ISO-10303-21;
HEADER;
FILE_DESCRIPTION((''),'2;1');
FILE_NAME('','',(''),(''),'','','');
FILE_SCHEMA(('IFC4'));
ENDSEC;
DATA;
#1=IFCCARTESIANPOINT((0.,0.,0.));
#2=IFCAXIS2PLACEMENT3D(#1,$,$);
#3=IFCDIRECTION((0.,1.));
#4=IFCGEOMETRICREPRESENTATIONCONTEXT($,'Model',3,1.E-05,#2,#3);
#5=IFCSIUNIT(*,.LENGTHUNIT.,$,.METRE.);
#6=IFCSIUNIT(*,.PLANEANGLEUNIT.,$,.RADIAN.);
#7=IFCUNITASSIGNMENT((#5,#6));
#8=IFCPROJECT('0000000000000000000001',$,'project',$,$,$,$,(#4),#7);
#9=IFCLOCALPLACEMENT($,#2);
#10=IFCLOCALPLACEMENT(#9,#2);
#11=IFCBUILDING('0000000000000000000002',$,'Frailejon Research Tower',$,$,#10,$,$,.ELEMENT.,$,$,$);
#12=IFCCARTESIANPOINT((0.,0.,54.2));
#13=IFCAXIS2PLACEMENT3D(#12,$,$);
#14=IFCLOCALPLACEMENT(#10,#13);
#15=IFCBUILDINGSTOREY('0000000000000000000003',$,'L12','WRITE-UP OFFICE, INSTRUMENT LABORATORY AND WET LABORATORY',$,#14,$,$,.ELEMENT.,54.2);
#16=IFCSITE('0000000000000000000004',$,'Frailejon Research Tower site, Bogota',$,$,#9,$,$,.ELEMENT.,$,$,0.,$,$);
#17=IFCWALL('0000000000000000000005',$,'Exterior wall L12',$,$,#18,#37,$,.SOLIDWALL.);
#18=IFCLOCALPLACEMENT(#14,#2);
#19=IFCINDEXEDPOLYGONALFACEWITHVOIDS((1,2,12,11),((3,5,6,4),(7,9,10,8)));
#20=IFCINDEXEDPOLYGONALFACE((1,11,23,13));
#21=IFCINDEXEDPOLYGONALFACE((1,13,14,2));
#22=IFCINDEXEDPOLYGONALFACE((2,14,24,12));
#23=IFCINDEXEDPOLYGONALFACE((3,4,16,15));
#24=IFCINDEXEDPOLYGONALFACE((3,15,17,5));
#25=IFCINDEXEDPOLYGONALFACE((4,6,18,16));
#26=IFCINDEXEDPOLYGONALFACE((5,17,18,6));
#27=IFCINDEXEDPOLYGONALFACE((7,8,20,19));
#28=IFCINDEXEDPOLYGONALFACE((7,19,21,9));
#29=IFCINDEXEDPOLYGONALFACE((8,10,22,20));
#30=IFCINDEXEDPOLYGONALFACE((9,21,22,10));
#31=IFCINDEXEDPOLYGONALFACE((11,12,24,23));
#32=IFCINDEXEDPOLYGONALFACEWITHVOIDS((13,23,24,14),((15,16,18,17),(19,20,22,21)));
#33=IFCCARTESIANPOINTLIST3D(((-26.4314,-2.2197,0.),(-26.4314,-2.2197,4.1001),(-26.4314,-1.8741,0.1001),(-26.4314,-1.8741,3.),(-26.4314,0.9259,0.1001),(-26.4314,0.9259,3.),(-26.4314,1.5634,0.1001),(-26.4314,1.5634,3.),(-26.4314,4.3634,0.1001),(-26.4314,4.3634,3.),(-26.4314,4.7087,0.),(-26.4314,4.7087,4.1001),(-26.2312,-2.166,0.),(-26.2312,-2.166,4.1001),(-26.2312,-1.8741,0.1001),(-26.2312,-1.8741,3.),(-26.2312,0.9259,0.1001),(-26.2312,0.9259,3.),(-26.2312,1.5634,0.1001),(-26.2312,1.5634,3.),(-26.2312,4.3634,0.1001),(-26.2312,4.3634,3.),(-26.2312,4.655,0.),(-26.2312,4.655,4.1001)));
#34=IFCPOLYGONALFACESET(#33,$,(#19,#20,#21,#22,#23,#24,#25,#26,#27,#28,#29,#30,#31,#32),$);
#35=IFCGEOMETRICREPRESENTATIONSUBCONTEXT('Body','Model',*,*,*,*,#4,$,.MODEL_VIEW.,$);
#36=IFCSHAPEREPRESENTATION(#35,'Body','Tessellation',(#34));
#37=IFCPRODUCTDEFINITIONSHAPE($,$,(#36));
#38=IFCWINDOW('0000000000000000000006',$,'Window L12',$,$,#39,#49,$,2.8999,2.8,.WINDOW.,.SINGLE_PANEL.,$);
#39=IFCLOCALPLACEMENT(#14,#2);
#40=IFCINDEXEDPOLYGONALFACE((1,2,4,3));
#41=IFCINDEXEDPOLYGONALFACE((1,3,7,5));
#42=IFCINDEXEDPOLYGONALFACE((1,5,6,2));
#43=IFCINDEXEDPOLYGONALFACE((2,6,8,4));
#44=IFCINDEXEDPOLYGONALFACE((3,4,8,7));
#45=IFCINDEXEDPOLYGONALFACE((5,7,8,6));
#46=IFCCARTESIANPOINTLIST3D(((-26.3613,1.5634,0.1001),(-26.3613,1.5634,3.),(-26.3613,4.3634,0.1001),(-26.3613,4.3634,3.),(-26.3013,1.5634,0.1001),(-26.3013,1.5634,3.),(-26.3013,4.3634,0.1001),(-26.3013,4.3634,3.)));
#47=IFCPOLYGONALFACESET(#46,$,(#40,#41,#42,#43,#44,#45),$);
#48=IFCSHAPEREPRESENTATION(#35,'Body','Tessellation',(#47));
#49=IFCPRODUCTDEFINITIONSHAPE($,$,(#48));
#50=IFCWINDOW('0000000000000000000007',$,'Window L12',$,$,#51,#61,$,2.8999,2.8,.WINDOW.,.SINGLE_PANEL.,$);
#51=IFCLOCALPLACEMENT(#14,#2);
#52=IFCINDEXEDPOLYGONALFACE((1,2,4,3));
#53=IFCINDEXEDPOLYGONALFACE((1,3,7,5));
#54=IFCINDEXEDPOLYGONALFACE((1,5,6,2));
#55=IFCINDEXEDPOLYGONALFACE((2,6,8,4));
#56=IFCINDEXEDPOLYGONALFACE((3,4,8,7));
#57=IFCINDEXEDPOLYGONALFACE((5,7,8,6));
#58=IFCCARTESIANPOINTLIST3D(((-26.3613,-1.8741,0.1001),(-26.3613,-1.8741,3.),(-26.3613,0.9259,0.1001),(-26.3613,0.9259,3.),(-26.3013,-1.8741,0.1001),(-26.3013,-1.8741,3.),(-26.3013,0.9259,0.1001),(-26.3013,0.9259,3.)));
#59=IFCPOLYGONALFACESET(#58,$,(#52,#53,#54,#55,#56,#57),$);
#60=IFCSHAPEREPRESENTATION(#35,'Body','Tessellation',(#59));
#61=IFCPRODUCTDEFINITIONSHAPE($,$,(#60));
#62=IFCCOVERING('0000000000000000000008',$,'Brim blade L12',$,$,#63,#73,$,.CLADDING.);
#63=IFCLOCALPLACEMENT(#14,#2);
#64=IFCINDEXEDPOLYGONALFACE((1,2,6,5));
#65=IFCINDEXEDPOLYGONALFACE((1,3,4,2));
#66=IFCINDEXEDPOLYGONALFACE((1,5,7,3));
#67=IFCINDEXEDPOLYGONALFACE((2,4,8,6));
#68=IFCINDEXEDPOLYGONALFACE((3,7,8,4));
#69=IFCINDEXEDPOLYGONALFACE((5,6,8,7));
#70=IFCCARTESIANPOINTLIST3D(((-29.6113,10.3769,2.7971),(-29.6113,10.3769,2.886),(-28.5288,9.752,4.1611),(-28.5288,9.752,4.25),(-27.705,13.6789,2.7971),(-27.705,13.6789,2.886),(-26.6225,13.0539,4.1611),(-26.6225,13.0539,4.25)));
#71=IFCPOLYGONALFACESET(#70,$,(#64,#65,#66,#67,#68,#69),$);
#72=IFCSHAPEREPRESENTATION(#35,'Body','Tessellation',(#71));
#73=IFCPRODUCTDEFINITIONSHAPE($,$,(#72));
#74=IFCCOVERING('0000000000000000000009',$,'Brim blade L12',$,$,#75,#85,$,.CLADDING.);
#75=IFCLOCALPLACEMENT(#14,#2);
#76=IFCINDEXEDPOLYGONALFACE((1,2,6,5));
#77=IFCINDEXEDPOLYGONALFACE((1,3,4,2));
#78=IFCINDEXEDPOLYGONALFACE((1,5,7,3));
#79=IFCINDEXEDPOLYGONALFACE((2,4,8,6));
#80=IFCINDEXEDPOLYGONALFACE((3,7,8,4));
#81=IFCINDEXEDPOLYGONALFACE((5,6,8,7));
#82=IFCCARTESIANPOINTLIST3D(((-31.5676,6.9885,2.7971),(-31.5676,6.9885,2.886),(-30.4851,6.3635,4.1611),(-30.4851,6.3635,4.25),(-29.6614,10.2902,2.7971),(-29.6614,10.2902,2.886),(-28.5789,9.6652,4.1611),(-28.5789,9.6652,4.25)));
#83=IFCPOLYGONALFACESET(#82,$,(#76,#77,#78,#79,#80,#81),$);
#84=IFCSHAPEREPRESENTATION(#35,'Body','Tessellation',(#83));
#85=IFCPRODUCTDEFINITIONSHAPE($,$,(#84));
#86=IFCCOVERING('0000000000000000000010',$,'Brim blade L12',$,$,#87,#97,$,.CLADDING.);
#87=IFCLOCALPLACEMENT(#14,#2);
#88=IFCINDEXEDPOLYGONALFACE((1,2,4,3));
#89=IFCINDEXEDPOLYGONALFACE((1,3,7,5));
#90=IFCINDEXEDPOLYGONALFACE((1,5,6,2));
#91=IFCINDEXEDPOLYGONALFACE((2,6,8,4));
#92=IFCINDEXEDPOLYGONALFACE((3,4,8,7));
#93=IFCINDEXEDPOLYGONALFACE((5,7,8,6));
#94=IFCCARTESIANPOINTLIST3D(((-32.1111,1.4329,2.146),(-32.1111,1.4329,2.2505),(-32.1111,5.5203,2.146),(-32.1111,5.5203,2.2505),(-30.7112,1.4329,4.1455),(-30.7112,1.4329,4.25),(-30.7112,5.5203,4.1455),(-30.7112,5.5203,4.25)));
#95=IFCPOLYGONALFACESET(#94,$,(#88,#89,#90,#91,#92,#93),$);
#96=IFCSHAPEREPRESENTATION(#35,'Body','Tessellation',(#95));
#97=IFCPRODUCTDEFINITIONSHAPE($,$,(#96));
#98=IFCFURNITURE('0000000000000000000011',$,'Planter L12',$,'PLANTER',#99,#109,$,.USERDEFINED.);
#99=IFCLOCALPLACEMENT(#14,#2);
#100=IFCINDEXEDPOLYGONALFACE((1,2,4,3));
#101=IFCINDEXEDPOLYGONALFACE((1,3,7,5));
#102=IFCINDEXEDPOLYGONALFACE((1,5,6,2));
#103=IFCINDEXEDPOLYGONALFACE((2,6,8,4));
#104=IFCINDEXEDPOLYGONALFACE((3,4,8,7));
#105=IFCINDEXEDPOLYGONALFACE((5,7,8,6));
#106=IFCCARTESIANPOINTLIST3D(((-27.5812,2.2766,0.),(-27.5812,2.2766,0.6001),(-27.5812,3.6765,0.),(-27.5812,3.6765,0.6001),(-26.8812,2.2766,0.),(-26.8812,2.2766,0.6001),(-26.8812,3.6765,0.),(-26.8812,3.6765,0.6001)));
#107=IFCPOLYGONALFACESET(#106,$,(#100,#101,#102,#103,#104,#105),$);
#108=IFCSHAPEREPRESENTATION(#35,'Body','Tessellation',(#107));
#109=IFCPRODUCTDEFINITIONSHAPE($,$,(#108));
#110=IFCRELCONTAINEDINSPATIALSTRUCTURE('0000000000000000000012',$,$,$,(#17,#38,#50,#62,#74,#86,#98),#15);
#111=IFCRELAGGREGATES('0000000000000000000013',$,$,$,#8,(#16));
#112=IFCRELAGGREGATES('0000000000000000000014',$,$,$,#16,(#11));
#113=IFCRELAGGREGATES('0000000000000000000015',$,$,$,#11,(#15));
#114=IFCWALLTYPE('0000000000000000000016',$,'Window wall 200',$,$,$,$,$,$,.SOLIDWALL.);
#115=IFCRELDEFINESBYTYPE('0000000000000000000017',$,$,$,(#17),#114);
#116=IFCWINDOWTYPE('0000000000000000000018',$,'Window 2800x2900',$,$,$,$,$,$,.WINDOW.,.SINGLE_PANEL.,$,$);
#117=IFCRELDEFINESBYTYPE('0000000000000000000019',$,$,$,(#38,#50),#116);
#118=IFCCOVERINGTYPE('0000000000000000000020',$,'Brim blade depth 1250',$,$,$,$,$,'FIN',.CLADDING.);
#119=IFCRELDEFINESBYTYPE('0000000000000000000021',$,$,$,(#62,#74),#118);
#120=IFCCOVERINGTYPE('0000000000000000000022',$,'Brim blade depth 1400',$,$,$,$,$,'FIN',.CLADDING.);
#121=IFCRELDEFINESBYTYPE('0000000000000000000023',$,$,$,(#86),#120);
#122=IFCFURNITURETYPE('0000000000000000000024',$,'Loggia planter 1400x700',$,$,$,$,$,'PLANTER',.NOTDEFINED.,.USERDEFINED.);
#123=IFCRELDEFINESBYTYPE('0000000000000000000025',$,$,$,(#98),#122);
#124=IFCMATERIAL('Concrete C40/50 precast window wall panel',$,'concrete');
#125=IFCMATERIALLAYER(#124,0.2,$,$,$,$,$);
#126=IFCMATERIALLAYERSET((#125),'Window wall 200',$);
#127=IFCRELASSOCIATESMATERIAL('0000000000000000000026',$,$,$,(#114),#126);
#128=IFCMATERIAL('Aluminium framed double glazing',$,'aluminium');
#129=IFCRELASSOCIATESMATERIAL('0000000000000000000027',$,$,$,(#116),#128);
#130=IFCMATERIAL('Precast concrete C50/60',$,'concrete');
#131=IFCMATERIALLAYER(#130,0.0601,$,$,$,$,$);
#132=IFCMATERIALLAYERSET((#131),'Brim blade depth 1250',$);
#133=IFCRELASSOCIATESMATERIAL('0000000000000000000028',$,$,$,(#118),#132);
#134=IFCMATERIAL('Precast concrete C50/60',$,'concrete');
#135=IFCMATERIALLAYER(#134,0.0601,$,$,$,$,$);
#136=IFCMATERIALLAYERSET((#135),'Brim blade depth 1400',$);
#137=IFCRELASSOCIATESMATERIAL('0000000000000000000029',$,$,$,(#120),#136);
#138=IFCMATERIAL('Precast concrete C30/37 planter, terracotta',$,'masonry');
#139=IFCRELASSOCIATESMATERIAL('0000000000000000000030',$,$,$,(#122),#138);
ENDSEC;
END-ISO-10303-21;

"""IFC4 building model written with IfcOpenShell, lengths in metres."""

from ifc_helpers import new_model, si_unit, direction, frame, frame_2d, origin, origin_2d, place, context, subcontext, project, spatial, polyline, rectangle, outline, extrude, material, layer, layer_set, type_object, element, fill, save


model = new_model("IFC4")

# Units and contexts
model_context = context("Model", 3, precision=1e-05, world=origin(), true_north=direction((0.0, 1.0)))
body_context = subcontext(model_context, "Body", "Model", "MODEL_VIEW")
ifc_project = project(units=[si_unit("LENGTHUNIT", "METRE"), si_unit("PLANEANGLEUNIT", "RADIAN")], contexts=[model_context])

# Site, building, storey
site_placement = place(None, origin())
site = spatial("IfcSite", under=ifc_project, at=site_placement, Name="Frailejon Research Tower site, Bogota", CompositionType="ELEMENT", RefElevation=0.0)
building_placement = place(site_placement, origin())
building = spatial("IfcBuilding", under=site, at=building_placement, Name="Frailejon Research Tower", CompositionType="ELEMENT")
storey_placement = place(building_placement, frame((0.0, 0.0, 54.2)))
storey = spatial("IfcBuildingStorey", under=building, at=storey_placement, Name="L12", Description="WRITE-UP OFFICE, INSTRUMENT LABORATORY AND WET LABORATORY", CompositionType="ELEMENT", Elevation=54.2)

# Wall, openings, windows
ifc_material_1 = material(Name="Concrete C40/50 precast window wall panel", Category="concrete")
ifc_layer_1 = layer(ifc_material_1, 0.2)
ifc_layer_set_1 = layer_set([ifc_layer_1], Name="Window wall 200")
wall_type_1 = type_object("IfcWallType", Name="Window wall 200", PredefinedType="SOLIDWALL", material=ifc_layer_set_1)
wall_1_placement = place(storey_placement, frame((-26.3313, 4.6819, 0.0), z_axis=(0.0, 0.0, 1.0), x_axis=(0.0, -1.0, 0.0)))
wall_1 = element("IfcWall", 1, at=wall_1_placement, inside=storey, type_object=wall_type_1, Name="Exterior wall L12", PredefinedType="SOLIDWALL", context=body_context, shape_type="SweptSolid", body=[
    extrude(outline(polyline([(-0.0269, -0.1001), (1.1279, -0.1001), (2.2827, -0.1001), (3.4375, -0.1001), (4.592, -0.1001), (5.7468, -0.1001), (6.9016, -0.1001), (6.8479, 0.1001), (5.7109, 0.1001), (4.5742, 0.1001), (3.4375, 0.1001), (2.3005, 0.1001), (1.1636, 0.1001), (0.0269, 0.1001), (-0.0269, -0.1001)])), origin(), (0.0, 0.0, 1.0), 4.1001),
])
opening_1_placement = place(wall_1_placement, frame((0.3186, 0.0, 0.1001)))
opening_1 = element("IfcOpeningElement", 2, at=opening_1_placement, cuts=wall_1, PredefinedType="OPENING", context=body_context, shape_type="SweptSolid", body=[
    extrude(rectangle(XDim=2.8, YDim=2.8999, at=frame_2d((1.3999, 1.45))), frame((0.0, 0.1099, 0.0), z_axis=(0.0, -1.0, 0.0), x_axis=(1.0, 0.0, 0.0)), (0.0, 0.0, 1.0), 0.22),
])
opening_2_placement = place(wall_1_placement, frame((3.7561, 0.0, 0.1001)))
opening_2 = element("IfcOpeningElement", 3, at=opening_2_placement, cuts=wall_1, PredefinedType="OPENING", context=body_context, shape_type="SweptSolid", body=[
    extrude(rectangle(XDim=2.8, YDim=2.8999, at=frame_2d((1.3999, 1.45))), frame((0.0, 0.1099, 0.0), z_axis=(0.0, -1.0, 0.0), x_axis=(1.0, 0.0, 0.0)), (0.0, 0.0, 1.0), 0.22),
])
ifc_material_2 = material(Name="Aluminium framed double glazing", Category="aluminium")
window_type = type_object("IfcWindowType", Name="Window 2800x2900", PartitioningType="SINGLE_PANEL", PredefinedType="WINDOW", material=ifc_material_2)
window_1_placement = place(opening_1_placement, origin())
window_1 = element("IfcWindow", 4, at=window_1_placement, inside=storey, type_object=window_type, Name="Window L12", OverallHeight=2.8999, OverallWidth=2.8, PartitioningType="SINGLE_PANEL", PredefinedType="WINDOW", context=body_context, shape_type="SweptSolid", body=[
    extrude(rectangle(XDim=2.8, YDim=2.8999, at=frame_2d((1.3999, 1.45))), frame((0.0, 0.03, 0.0), z_axis=(0.0, -1.0, 0.0), x_axis=(1.0, 0.0, 0.0)), (0.0, 0.0, 1.0), 0.0601),
])
fill(opening_1, window_1)
window_2_placement = place(opening_2_placement, origin())
window_2 = element("IfcWindow", 5, at=window_2_placement, inside=storey, type_object=window_type, Name="Window L12", OverallHeight=2.8999, OverallWidth=2.8, PartitioningType="SINGLE_PANEL", PredefinedType="WINDOW", context=body_context, shape_type="SweptSolid", body=[
    extrude(rectangle(XDim=2.8, YDim=2.8999, at=frame_2d((1.3999, 1.45))), frame((0.0, 0.03, 0.0), z_axis=(0.0, -1.0, 0.0), x_axis=(1.0, 0.0, 0.0)), (0.0, 0.0, 1.0), 0.0601),
])
fill(opening_2, window_2)

# Coverings
ifc_material_3 = material(Name="Precast concrete C50/60", Category="concrete")
ifc_layer_2 = layer(ifc_material_3, 0.0601)
ifc_layer_set_2 = layer_set([ifc_layer_2], Name="Brim blade depth 1250")
covering_type_1 = type_object("IfcCoveringType", Name="Brim blade depth 1250", ElementType="FIN", PredefinedType="CLADDING", material=ifc_layer_set_2)
covering_1_placement = place(storey_placement, frame((-28.5288, 9.752, 4.25), z_axis=(0.49999, 0.866031, 0.0), x_axis=(-0.866031, 0.49999, 0.0)))
element("IfcCovering", 6, at=covering_1_placement, inside=storey, type_object=covering_type_1, Name="Brim blade L12", PredefinedType="CLADDING", context=body_context, shape_type="SweptSolid", body=[
    extrude(outline(polyline([(0.0, -0.0889), (1.25, -1.4529), (1.25, -1.364), (0.0, 0.0), (0.0, -0.0889)])), origin(), (0.0, 0.0, 1.0), 3.8127),
])
covering_2_placement = place(storey_placement, frame((-30.4851, 6.3635, 4.25), z_axis=(0.500001, 0.866025, 0.0), x_axis=(-0.866025, 0.500001, 0.0)))
element("IfcCovering", 7, at=covering_2_placement, inside=storey, type_object=covering_type_1, Name="Brim blade L12", PredefinedType="CLADDING", context=body_context, shape_type="SweptSolid", body=[
    extrude(outline(polyline([(0.0, -0.0889), (1.25, -1.4529), (1.25, -1.364), (0.0, 0.0), (0.0, -0.0889)])), origin(), (0.0, 0.0, 1.0), 3.8125),
])
ifc_material_4 = material(Name="Precast concrete C50/60", Category="concrete")
ifc_layer_3 = layer(ifc_material_4, 0.0601)
ifc_layer_set_3 = layer_set([ifc_layer_3], Name="Brim blade depth 1400")
covering_type_2 = type_object("IfcCoveringType", Name="Brim blade depth 1400", ElementType="FIN", PredefinedType="CLADDING", material=ifc_layer_set_3)
covering_3_placement = place(storey_placement, frame((-30.7112, 1.4329, 4.25), z_axis=(0.0, 1.0, 0.0), x_axis=(-1.0, 0.0, 0.0)))
element("IfcCovering", 8, at=covering_3_placement, inside=storey, type_object=covering_type_2, Name="Brim blade L12", PredefinedType="CLADDING", context=body_context, shape_type="SweptSolid", body=[
    extrude(outline(polyline([(0.0, -0.1045), (1.3999, -2.104), (1.3999, -1.9995), (0.0, 0.0), (0.0, -0.1045)])), origin(), (0.0, 0.0, 1.0), 4.0874),
])

# Furniture
ifc_material_5 = material(Name="Precast concrete C30/37 planter, terracotta", Category="masonry")
furniture_type = type_object("IfcFurnitureType", Name="Loggia planter 1400x700", ElementType="PLANTER", AssemblyPlace="NOTDEFINED", PredefinedType="USERDEFINED", material=ifc_material_5)
furniture_placement = place(storey_placement, frame((-27.2312, 2.9766, 0.0), z_axis=(0.0, 0.0, 1.0), x_axis=(0.0, -1.0, 0.0)))
element("IfcFurniture", 9, at=furniture_placement, inside=storey, type_object=furniture_type, Name="Planter L12", ObjectType="PLANTER", PredefinedType="USERDEFINED", context=body_context, shape_type="SweptSolid", body=[
    extrude(rectangle(XDim=1.3999, YDim=0.7, at=origin_2d()), origin(), (0.0, 0.0, 1.0), 0.6001),
])

save(model, "model.ifc")
